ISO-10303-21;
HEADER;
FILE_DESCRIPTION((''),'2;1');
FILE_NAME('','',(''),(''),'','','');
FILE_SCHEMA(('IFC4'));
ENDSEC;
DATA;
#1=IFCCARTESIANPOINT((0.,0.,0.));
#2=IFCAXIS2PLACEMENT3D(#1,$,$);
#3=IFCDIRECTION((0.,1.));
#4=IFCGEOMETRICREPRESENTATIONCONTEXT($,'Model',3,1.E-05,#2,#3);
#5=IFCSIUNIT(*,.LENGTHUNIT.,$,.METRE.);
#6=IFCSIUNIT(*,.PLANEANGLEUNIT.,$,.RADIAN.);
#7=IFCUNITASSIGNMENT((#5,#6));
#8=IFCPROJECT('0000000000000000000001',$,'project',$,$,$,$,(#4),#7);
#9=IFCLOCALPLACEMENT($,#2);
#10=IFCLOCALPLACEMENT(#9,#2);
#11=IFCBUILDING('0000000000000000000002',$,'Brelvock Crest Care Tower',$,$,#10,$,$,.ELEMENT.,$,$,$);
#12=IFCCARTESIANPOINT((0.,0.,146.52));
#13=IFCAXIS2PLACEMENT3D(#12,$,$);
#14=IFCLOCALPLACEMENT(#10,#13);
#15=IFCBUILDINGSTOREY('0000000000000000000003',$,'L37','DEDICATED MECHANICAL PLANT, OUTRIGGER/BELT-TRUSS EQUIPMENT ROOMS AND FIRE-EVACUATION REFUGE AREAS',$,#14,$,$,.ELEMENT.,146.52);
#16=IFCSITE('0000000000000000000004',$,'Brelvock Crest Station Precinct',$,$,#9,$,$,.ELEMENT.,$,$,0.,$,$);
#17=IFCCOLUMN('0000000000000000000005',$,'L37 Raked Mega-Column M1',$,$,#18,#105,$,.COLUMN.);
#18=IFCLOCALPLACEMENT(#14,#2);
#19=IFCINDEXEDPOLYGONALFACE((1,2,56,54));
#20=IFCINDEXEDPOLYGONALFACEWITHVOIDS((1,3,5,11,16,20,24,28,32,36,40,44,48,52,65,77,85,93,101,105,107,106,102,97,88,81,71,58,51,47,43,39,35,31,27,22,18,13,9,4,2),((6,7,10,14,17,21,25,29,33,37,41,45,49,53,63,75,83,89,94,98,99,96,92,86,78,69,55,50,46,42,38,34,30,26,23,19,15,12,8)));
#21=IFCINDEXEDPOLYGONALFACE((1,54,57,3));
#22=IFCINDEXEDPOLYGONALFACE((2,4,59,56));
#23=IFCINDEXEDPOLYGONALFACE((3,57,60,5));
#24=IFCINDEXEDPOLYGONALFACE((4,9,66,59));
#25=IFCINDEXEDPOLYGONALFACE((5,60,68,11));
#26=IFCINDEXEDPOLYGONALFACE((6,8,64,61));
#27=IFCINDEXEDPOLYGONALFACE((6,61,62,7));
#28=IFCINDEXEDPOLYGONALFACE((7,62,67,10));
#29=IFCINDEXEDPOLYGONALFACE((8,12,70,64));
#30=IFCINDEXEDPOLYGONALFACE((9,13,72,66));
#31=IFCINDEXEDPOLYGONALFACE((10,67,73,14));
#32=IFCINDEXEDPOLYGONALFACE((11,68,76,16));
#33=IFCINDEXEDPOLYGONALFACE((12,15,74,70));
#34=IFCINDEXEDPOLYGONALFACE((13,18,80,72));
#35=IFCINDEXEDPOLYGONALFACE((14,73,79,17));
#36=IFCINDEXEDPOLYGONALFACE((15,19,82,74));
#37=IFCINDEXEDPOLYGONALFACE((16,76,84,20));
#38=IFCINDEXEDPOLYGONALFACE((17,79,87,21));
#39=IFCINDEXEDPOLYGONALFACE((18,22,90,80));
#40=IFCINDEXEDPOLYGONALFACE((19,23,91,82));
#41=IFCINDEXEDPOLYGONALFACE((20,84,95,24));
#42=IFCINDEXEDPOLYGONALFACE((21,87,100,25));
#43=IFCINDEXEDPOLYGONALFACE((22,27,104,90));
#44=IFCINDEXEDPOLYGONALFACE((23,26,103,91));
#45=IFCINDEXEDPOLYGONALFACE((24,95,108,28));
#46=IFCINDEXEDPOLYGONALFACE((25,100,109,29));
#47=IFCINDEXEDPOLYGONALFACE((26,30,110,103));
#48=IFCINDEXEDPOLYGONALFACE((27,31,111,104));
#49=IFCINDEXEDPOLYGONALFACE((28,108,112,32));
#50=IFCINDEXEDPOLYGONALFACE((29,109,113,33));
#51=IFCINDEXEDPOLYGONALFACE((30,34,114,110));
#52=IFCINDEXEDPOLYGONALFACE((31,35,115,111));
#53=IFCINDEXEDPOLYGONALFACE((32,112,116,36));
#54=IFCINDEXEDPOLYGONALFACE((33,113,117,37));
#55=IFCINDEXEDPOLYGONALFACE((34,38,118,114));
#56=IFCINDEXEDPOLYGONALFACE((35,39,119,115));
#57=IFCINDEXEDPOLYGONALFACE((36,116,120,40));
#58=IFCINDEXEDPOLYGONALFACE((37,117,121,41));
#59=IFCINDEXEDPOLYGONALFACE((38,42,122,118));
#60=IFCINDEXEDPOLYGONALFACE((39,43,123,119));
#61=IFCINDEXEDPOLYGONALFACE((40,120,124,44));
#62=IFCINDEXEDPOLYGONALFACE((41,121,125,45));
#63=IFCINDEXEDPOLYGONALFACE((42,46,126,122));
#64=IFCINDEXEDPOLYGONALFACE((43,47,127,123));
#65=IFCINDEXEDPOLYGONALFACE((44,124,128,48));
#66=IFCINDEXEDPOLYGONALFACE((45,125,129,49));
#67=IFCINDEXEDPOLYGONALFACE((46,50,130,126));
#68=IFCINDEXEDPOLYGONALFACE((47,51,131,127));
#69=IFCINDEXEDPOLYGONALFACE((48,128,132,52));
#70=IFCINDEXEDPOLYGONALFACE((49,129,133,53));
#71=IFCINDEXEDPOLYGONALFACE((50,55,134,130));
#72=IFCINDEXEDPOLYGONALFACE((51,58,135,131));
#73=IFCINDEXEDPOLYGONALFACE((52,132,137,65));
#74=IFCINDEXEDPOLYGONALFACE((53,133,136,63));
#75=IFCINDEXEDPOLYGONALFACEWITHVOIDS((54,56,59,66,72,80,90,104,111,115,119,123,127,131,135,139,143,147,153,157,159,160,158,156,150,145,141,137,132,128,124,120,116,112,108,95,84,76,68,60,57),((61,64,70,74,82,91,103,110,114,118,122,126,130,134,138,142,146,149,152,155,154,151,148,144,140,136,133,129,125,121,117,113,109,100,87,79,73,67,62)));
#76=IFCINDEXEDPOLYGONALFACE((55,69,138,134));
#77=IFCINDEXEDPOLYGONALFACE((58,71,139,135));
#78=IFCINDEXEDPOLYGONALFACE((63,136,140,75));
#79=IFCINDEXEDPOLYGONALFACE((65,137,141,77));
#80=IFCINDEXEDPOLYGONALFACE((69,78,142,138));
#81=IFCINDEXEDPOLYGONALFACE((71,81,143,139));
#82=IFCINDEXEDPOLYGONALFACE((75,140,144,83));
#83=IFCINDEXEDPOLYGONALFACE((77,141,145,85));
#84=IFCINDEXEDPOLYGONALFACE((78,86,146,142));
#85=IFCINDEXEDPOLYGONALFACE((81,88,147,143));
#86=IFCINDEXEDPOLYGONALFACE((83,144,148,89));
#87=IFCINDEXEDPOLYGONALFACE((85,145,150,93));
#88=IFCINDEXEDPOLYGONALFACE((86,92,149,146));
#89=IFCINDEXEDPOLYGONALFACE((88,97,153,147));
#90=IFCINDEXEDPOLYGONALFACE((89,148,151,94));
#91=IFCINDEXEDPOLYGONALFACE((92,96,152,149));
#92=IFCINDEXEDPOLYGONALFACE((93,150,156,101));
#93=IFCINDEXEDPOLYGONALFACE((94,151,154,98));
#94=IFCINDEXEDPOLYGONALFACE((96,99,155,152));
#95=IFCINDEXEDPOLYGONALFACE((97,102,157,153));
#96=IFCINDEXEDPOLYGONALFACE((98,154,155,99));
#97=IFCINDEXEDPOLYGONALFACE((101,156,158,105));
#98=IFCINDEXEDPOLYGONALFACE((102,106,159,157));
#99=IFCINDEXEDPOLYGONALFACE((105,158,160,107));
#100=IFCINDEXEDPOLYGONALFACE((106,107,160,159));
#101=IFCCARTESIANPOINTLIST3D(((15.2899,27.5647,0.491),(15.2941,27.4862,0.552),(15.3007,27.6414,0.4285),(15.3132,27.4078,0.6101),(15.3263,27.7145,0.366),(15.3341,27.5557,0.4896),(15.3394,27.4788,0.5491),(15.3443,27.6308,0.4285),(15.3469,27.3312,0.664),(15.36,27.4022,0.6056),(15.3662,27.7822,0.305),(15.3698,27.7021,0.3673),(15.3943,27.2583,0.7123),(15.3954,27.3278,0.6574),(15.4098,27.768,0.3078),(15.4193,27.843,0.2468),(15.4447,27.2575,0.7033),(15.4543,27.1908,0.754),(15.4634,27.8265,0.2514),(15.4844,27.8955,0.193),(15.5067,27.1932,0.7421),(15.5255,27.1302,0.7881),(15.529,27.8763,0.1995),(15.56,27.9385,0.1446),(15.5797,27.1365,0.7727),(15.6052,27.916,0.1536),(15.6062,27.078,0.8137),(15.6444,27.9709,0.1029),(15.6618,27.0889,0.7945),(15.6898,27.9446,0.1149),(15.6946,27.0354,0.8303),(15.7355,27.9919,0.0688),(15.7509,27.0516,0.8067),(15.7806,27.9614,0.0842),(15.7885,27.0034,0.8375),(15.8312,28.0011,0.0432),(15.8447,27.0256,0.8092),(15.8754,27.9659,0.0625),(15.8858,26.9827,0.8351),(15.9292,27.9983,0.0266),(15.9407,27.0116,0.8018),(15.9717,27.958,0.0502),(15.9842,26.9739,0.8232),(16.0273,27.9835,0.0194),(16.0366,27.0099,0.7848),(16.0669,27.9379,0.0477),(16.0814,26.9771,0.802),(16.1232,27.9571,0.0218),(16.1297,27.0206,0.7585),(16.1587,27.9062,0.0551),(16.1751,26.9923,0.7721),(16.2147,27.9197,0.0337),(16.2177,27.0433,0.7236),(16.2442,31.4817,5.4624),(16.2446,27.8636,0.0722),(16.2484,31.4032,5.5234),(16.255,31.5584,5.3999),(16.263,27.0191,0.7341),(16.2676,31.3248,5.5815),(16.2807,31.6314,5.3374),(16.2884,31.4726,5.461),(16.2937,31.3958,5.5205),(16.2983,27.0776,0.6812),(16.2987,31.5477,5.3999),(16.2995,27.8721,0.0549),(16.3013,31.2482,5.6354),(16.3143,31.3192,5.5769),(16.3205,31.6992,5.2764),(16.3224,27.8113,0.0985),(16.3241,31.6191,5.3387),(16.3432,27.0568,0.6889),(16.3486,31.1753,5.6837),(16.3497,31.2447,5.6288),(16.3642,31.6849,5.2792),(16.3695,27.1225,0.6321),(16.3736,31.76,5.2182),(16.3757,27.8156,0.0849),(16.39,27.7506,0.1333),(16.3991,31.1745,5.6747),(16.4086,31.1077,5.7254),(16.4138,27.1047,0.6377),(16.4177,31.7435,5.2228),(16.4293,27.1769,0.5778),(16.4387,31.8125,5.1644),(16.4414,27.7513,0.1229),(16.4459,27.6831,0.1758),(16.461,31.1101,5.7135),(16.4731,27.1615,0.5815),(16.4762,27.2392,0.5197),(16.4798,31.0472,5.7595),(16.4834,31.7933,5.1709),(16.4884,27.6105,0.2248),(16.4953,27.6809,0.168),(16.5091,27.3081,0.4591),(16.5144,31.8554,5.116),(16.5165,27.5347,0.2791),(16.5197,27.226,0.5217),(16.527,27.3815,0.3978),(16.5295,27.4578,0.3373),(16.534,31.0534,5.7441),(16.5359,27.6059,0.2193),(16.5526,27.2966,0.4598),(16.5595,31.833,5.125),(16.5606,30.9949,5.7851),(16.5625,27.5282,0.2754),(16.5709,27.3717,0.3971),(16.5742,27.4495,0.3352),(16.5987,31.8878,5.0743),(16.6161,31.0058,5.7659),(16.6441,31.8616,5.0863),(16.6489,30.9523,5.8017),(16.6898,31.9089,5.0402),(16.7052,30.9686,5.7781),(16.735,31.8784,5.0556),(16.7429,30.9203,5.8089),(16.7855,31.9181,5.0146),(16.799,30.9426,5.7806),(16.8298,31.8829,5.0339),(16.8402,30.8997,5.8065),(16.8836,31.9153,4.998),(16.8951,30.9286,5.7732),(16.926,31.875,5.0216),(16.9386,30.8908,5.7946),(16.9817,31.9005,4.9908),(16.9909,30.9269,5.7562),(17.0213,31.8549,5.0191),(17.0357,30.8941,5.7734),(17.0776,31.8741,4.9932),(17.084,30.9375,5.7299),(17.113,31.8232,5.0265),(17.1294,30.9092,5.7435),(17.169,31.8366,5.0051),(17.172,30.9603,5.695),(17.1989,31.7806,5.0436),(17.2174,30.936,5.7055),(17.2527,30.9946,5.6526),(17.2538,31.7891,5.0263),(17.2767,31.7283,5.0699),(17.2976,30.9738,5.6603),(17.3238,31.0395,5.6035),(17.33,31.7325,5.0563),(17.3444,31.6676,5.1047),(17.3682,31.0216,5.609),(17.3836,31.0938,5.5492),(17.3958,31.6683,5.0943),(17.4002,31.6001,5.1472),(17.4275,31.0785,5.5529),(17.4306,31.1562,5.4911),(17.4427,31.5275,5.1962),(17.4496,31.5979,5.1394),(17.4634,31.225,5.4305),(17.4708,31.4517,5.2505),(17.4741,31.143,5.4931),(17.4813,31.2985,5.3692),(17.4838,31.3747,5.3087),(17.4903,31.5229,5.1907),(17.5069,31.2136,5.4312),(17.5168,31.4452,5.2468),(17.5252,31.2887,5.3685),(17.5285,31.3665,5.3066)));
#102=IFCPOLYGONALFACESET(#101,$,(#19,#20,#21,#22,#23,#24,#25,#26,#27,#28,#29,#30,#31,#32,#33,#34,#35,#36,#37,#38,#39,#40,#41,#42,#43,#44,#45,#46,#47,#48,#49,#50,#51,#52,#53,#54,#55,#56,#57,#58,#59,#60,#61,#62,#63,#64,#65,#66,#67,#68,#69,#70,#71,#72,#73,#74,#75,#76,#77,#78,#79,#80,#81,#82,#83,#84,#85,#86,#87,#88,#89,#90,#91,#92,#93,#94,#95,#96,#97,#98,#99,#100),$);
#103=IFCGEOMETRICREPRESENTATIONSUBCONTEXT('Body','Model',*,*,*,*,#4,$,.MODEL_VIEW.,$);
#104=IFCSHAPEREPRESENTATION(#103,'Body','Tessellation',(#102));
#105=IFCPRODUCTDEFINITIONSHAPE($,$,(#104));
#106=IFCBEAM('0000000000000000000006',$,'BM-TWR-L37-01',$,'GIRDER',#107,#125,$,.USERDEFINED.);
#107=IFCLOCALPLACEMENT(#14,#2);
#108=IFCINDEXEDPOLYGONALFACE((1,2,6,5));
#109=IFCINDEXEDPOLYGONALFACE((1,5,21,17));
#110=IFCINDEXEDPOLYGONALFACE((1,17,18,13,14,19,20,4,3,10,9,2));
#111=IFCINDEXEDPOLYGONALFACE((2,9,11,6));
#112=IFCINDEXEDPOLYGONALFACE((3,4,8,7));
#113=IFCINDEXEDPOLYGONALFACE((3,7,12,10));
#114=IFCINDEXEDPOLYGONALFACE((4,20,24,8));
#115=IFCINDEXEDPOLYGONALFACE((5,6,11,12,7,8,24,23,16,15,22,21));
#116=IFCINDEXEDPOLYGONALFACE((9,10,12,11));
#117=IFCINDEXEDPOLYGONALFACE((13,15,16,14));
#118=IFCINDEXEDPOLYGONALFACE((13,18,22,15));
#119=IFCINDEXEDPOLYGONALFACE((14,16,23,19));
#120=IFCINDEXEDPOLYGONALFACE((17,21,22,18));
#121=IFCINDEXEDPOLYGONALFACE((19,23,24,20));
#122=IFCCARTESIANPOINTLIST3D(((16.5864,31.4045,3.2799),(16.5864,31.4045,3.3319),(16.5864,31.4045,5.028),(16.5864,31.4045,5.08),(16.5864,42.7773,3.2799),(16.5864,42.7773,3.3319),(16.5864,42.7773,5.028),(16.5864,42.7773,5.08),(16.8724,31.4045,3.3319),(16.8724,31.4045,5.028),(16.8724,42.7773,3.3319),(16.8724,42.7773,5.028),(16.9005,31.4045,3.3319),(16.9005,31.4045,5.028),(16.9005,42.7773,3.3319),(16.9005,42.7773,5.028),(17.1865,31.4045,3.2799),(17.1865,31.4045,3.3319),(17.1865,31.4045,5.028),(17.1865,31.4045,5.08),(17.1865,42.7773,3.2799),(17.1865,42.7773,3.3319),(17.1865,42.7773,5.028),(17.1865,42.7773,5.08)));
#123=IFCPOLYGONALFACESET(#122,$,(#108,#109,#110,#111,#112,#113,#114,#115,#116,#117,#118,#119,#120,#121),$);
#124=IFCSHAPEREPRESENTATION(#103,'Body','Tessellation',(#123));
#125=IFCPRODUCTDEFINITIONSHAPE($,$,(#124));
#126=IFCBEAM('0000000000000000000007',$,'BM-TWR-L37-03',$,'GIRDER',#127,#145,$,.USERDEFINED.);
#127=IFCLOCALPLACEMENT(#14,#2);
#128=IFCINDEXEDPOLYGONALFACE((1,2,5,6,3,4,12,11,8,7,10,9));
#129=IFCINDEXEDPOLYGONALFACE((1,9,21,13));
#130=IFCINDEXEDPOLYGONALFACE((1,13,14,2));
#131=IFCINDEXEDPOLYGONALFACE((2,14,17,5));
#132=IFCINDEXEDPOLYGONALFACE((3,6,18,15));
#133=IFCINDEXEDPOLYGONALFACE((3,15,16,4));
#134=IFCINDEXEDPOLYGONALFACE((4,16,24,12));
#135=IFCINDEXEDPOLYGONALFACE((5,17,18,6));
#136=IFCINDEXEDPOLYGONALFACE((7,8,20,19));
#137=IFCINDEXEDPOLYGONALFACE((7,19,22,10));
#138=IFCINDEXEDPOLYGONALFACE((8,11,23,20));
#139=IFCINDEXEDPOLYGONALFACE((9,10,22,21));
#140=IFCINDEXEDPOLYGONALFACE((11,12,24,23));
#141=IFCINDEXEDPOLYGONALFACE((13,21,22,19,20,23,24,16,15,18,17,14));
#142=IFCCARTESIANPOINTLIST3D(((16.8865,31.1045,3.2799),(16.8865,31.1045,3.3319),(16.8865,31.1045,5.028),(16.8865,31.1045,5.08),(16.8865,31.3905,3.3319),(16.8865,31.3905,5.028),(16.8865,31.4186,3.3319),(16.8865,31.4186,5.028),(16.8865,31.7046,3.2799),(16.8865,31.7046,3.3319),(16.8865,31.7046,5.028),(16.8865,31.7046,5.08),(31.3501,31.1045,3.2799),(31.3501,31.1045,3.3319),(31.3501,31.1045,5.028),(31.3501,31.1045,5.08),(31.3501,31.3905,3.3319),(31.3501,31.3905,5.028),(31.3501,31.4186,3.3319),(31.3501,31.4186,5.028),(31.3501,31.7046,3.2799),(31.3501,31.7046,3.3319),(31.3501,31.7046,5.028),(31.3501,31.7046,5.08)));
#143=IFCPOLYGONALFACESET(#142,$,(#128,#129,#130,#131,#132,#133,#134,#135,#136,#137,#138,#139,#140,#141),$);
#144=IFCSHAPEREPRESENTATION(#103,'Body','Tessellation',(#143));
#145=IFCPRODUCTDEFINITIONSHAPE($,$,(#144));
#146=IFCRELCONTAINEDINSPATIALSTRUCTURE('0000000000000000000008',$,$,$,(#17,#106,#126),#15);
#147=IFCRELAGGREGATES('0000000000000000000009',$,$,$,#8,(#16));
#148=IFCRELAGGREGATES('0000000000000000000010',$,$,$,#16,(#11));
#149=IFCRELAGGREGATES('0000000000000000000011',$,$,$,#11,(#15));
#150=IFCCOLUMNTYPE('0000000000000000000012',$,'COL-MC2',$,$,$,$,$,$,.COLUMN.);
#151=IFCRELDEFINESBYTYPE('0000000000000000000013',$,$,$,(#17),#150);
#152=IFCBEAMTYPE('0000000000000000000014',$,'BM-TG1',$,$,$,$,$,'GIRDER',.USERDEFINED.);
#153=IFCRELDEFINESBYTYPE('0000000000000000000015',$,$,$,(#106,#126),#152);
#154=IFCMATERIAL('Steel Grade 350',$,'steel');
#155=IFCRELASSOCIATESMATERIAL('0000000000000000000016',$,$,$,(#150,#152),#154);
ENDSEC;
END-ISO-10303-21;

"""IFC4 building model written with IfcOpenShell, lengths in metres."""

from ifc_helpers import new_model, si_unit, direction, frame, origin, origin_2d, place, context, subcontext, project, spatial, hollow_circle, i_section, extrude, source, transform, mapped, material, material_profile, profile_set, type_object, element, save


model = new_model("IFC4")

# Units and contexts
model_context = context("Model", 3, precision=1e-05, world=origin(), true_north=direction((0.0, 1.0)))
body_context = subcontext(model_context, "Body", "Model", "MODEL_VIEW")
ifc_project = project(units=[si_unit("LENGTHUNIT", "METRE"), si_unit("PLANEANGLEUNIT", "RADIAN")], contexts=[model_context])

# Site, building, storey
site_placement = place(None, origin())
site = spatial("IfcSite", under=ifc_project, at=site_placement, Name="Brelvock Crest Station Precinct", CompositionType="ELEMENT", RefElevation=0.0)
building_placement = place(site_placement, origin())
building = spatial("IfcBuilding", under=site, at=building_placement, Name="Brelvock Crest Care Tower", CompositionType="ELEMENT")
storey_placement = place(building_placement, frame((0.0, 0.0, 146.52)))
storey = spatial("IfcBuildingStorey", under=building, at=storey_placement, Name="L37", Description="DEDICATED MECHANICAL PLANT, OUTRIGGER/BELT-TRUSS EQUIPMENT ROOMS AND FIRE-EVACUATION REFUGE AREAS", CompositionType="ELEMENT", Elevation=146.52)

# Column
ifc_material_1 = material(Name="Steel Grade 350", Category="steel")
ifc_material_profile_1 = material_profile(ifc_material_1, hollow_circle(Radius=0.6499, WallThickness=0.0449, at=origin_2d()), Name="CFT1300x45")
ifc_profile_set_1 = profile_set([ifc_material_profile_1], Name="Steel Grade 350")
column_type = type_object("IfcColumnType", Name="COL-MC2", PredefinedType="COLUMN", material=ifc_profile_set_1)
shared_shape_1 = source(origin(), body_context, "Body", "SweptSolid", [
    extrude(hollow_circle(Radius=0.6499, WallThickness=0.0449, at=origin_2d()), origin(), (0.0, 0.0, 1.0), 6.4006),
])
column_placement = place(storey_placement, frame((15.9321, 27.4875, 0.4285), z_axis=(0.149101, 0.611964, 0.776704), x_axis=(-0.971578, 0.236718, 0.0)))
element("IfcColumn", 1, at=column_placement, inside=storey, type_object=column_type, Name="L37 Raked Mega-Column M1", PredefinedType="COLUMN", context=body_context, shape_type="MappedRepresentation", body=[
    mapped(shared_shape_1, transform((0.0, 0.0, 0.0), x_axis=(1.0, 0.0, 0.0), y_axis=(0.0, 1.0, 0.0), z_axis=(0.0, 0.0, 1.0), scale=1.0)),
])

# Beams
ifc_material_profile_2 = material_profile(ifc_material_1, i_section(OverallWidth=0.6001, OverallDepth=1.8, WebThickness=0.0281, FlangeThickness=0.052, at=origin_2d()), Name="1800TG740")
ifc_profile_set_2 = profile_set([ifc_material_profile_2], Name="Steel Grade 350")
beam_type_1 = type_object("IfcBeamType", Name="BM-TG1", ElementType="GIRDER", PredefinedType="USERDEFINED", material=ifc_profile_set_2)
shared_shape_2 = source(origin(), body_context, "Body", "SweptSolid", [
    extrude(i_section(OverallWidth=0.6001, OverallDepth=1.8, WebThickness=0.0281, FlangeThickness=0.052, at=origin_2d()), origin(), (0.0, 0.0, 1.0), 11.3728),
])
beam_1_placement = place(storey_placement, frame((16.8865, 31.4045, 4.1799), z_axis=(0.0, 1.0, 0.0), x_axis=(-1.0, 0.0, 0.0)))
element("IfcBeam", 2, at=beam_1_placement, inside=storey, type_object=beam_type_1, Name="BM-TWR-L37-01", ObjectType="GIRDER", PredefinedType="USERDEFINED", context=body_context, shape_type="MappedRepresentation", body=[
    mapped(shared_shape_2, transform((0.0, 0.0, 0.0), x_axis=(1.0, 0.0, 0.0), y_axis=(0.0, 1.0, 0.0), z_axis=(0.0, 0.0, 1.0), scale=1.0)),
])
shared_shape_3 = source(origin(), body_context, "Body", "SweptSolid", [
    extrude(i_section(OverallWidth=0.6001, OverallDepth=1.8, WebThickness=0.0281, FlangeThickness=0.052, at=origin_2d()), origin(), (0.0, 0.0, 1.0), 14.4636),
])
beam_2_placement = place(storey_placement, frame((16.8865, 31.4045, 4.1799), z_axis=(1.0, 0.0, 0.0), x_axis=(0.0, 1.0, 0.0)))
element("IfcBeam", 3, at=beam_2_placement, inside=storey, type_object=beam_type_1, Name="BM-TWR-L37-03", ObjectType="GIRDER", PredefinedType="USERDEFINED", context=body_context, shape_type="MappedRepresentation", body=[
    mapped(shared_shape_3, transform((0.0, 0.0, 0.0), x_axis=(1.0, 0.0, 0.0), y_axis=(0.0, 1.0, 0.0), z_axis=(0.0, 0.0, 1.0), scale=1.0)),
])

save(model, "model.ifc")
